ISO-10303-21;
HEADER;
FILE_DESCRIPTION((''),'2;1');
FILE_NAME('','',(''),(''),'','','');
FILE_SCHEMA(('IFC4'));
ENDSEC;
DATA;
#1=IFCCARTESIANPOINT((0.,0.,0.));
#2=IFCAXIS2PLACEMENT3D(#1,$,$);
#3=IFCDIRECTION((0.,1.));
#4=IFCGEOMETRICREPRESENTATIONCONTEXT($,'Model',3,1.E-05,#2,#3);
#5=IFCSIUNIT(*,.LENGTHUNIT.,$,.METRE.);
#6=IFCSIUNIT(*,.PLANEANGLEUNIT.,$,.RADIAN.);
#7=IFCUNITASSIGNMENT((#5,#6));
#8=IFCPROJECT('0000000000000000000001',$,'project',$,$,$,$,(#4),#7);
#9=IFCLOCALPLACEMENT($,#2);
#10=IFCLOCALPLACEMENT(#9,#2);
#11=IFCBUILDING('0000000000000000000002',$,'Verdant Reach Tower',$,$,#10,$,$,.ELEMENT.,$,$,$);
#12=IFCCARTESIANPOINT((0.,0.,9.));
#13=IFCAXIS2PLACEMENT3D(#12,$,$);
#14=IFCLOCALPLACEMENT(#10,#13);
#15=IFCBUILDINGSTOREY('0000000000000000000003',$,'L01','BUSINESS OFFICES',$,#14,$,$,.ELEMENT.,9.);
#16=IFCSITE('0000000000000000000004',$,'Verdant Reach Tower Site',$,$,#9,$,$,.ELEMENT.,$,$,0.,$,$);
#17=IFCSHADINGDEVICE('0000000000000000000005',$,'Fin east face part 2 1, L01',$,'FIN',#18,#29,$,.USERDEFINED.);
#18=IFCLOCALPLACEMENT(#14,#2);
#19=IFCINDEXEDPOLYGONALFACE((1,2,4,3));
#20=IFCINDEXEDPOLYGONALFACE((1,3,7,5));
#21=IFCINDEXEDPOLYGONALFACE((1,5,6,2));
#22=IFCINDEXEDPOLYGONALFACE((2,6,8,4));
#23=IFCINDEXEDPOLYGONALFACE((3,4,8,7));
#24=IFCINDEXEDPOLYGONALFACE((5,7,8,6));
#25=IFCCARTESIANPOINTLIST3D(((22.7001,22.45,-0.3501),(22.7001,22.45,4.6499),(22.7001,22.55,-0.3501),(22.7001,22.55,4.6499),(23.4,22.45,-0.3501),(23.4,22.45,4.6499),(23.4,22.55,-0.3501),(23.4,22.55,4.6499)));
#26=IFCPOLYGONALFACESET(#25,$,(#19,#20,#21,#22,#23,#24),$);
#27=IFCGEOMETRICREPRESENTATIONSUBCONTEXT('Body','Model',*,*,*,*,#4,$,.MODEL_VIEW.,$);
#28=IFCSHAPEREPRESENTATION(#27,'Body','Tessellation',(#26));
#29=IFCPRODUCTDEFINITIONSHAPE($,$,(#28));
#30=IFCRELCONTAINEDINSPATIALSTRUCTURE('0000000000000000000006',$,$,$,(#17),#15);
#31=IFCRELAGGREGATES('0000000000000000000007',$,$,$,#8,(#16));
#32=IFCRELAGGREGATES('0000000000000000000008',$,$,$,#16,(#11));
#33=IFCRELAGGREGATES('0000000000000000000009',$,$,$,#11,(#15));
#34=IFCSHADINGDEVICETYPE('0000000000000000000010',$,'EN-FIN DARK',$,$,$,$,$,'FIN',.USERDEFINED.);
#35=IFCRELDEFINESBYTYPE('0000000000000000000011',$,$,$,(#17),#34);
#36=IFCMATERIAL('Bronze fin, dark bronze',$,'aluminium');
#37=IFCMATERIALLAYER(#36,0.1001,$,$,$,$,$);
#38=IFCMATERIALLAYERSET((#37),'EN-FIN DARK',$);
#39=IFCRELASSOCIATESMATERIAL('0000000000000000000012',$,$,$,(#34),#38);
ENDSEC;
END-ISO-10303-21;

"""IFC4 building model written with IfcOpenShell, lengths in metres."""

from ifc_helpers import new_model, si_unit, direction, frame, origin, origin_2d, place, context, subcontext, project, spatial, rectangle, extrude, material, layer, layer_set, type_object, element, save


model = new_model("IFC4")

# Units and contexts
model_context = context("Model", 3, precision=1e-05, world=origin(), true_north=direction((0.0, 1.0)))
body_context = subcontext(model_context, "Body", "Model", "MODEL_VIEW")
ifc_project = project(units=[si_unit("LENGTHUNIT", "METRE"), si_unit("PLANEANGLEUNIT", "RADIAN")], contexts=[model_context])

# Site, building, storey
site_placement = place(None, origin())
site = spatial("IfcSite", under=ifc_project, at=site_placement, Name="Verdant Reach Tower Site", CompositionType="ELEMENT", RefElevation=0.0)
building_placement = place(site_placement, origin())
building = spatial("IfcBuilding", under=site, at=building_placement, Name="Verdant Reach Tower", CompositionType="ELEMENT")
storey_placement = place(building_placement, frame((0.0, 0.0, 9.0)))
storey = spatial("IfcBuildingStorey", under=building, at=storey_placement, Name="L01", Description="BUSINESS OFFICES", CompositionType="ELEMENT", Elevation=9.0)

# Shading device
ifc_material_1 = material(Name="Bronze fin, dark bronze", Category="aluminium")
ifc_layer_1 = layer(ifc_material_1, 0.1001)
ifc_layer_set_1 = layer_set([ifc_layer_1], Name="EN-FIN DARK")
shading_device_type_1 = type_object("IfcShadingDeviceType", Name="EN-FIN DARK", ElementType="FIN", PredefinedType="USERDEFINED", material=ifc_layer_set_1)
shading_device_placement = place(storey_placement, frame((23.05, 22.5, -0.3501), z_axis=(0.0, 0.0, 1.0), x_axis=(0.0, 1.0, 0.0)))
element("IfcShadingDevice", 1, at=shading_device_placement, inside=storey, type_object=shading_device_type_1, Name="Fin east face part 2 1, L01", ObjectType="FIN", PredefinedType="USERDEFINED", context=body_context, shape_type="SweptSolid", body=[
    extrude(rectangle(XDim=0.1001, YDim=0.7, at=origin_2d()), origin(), (0.0, 0.0, 1.0), 5.0),
])

save(model, "model.ifc")
